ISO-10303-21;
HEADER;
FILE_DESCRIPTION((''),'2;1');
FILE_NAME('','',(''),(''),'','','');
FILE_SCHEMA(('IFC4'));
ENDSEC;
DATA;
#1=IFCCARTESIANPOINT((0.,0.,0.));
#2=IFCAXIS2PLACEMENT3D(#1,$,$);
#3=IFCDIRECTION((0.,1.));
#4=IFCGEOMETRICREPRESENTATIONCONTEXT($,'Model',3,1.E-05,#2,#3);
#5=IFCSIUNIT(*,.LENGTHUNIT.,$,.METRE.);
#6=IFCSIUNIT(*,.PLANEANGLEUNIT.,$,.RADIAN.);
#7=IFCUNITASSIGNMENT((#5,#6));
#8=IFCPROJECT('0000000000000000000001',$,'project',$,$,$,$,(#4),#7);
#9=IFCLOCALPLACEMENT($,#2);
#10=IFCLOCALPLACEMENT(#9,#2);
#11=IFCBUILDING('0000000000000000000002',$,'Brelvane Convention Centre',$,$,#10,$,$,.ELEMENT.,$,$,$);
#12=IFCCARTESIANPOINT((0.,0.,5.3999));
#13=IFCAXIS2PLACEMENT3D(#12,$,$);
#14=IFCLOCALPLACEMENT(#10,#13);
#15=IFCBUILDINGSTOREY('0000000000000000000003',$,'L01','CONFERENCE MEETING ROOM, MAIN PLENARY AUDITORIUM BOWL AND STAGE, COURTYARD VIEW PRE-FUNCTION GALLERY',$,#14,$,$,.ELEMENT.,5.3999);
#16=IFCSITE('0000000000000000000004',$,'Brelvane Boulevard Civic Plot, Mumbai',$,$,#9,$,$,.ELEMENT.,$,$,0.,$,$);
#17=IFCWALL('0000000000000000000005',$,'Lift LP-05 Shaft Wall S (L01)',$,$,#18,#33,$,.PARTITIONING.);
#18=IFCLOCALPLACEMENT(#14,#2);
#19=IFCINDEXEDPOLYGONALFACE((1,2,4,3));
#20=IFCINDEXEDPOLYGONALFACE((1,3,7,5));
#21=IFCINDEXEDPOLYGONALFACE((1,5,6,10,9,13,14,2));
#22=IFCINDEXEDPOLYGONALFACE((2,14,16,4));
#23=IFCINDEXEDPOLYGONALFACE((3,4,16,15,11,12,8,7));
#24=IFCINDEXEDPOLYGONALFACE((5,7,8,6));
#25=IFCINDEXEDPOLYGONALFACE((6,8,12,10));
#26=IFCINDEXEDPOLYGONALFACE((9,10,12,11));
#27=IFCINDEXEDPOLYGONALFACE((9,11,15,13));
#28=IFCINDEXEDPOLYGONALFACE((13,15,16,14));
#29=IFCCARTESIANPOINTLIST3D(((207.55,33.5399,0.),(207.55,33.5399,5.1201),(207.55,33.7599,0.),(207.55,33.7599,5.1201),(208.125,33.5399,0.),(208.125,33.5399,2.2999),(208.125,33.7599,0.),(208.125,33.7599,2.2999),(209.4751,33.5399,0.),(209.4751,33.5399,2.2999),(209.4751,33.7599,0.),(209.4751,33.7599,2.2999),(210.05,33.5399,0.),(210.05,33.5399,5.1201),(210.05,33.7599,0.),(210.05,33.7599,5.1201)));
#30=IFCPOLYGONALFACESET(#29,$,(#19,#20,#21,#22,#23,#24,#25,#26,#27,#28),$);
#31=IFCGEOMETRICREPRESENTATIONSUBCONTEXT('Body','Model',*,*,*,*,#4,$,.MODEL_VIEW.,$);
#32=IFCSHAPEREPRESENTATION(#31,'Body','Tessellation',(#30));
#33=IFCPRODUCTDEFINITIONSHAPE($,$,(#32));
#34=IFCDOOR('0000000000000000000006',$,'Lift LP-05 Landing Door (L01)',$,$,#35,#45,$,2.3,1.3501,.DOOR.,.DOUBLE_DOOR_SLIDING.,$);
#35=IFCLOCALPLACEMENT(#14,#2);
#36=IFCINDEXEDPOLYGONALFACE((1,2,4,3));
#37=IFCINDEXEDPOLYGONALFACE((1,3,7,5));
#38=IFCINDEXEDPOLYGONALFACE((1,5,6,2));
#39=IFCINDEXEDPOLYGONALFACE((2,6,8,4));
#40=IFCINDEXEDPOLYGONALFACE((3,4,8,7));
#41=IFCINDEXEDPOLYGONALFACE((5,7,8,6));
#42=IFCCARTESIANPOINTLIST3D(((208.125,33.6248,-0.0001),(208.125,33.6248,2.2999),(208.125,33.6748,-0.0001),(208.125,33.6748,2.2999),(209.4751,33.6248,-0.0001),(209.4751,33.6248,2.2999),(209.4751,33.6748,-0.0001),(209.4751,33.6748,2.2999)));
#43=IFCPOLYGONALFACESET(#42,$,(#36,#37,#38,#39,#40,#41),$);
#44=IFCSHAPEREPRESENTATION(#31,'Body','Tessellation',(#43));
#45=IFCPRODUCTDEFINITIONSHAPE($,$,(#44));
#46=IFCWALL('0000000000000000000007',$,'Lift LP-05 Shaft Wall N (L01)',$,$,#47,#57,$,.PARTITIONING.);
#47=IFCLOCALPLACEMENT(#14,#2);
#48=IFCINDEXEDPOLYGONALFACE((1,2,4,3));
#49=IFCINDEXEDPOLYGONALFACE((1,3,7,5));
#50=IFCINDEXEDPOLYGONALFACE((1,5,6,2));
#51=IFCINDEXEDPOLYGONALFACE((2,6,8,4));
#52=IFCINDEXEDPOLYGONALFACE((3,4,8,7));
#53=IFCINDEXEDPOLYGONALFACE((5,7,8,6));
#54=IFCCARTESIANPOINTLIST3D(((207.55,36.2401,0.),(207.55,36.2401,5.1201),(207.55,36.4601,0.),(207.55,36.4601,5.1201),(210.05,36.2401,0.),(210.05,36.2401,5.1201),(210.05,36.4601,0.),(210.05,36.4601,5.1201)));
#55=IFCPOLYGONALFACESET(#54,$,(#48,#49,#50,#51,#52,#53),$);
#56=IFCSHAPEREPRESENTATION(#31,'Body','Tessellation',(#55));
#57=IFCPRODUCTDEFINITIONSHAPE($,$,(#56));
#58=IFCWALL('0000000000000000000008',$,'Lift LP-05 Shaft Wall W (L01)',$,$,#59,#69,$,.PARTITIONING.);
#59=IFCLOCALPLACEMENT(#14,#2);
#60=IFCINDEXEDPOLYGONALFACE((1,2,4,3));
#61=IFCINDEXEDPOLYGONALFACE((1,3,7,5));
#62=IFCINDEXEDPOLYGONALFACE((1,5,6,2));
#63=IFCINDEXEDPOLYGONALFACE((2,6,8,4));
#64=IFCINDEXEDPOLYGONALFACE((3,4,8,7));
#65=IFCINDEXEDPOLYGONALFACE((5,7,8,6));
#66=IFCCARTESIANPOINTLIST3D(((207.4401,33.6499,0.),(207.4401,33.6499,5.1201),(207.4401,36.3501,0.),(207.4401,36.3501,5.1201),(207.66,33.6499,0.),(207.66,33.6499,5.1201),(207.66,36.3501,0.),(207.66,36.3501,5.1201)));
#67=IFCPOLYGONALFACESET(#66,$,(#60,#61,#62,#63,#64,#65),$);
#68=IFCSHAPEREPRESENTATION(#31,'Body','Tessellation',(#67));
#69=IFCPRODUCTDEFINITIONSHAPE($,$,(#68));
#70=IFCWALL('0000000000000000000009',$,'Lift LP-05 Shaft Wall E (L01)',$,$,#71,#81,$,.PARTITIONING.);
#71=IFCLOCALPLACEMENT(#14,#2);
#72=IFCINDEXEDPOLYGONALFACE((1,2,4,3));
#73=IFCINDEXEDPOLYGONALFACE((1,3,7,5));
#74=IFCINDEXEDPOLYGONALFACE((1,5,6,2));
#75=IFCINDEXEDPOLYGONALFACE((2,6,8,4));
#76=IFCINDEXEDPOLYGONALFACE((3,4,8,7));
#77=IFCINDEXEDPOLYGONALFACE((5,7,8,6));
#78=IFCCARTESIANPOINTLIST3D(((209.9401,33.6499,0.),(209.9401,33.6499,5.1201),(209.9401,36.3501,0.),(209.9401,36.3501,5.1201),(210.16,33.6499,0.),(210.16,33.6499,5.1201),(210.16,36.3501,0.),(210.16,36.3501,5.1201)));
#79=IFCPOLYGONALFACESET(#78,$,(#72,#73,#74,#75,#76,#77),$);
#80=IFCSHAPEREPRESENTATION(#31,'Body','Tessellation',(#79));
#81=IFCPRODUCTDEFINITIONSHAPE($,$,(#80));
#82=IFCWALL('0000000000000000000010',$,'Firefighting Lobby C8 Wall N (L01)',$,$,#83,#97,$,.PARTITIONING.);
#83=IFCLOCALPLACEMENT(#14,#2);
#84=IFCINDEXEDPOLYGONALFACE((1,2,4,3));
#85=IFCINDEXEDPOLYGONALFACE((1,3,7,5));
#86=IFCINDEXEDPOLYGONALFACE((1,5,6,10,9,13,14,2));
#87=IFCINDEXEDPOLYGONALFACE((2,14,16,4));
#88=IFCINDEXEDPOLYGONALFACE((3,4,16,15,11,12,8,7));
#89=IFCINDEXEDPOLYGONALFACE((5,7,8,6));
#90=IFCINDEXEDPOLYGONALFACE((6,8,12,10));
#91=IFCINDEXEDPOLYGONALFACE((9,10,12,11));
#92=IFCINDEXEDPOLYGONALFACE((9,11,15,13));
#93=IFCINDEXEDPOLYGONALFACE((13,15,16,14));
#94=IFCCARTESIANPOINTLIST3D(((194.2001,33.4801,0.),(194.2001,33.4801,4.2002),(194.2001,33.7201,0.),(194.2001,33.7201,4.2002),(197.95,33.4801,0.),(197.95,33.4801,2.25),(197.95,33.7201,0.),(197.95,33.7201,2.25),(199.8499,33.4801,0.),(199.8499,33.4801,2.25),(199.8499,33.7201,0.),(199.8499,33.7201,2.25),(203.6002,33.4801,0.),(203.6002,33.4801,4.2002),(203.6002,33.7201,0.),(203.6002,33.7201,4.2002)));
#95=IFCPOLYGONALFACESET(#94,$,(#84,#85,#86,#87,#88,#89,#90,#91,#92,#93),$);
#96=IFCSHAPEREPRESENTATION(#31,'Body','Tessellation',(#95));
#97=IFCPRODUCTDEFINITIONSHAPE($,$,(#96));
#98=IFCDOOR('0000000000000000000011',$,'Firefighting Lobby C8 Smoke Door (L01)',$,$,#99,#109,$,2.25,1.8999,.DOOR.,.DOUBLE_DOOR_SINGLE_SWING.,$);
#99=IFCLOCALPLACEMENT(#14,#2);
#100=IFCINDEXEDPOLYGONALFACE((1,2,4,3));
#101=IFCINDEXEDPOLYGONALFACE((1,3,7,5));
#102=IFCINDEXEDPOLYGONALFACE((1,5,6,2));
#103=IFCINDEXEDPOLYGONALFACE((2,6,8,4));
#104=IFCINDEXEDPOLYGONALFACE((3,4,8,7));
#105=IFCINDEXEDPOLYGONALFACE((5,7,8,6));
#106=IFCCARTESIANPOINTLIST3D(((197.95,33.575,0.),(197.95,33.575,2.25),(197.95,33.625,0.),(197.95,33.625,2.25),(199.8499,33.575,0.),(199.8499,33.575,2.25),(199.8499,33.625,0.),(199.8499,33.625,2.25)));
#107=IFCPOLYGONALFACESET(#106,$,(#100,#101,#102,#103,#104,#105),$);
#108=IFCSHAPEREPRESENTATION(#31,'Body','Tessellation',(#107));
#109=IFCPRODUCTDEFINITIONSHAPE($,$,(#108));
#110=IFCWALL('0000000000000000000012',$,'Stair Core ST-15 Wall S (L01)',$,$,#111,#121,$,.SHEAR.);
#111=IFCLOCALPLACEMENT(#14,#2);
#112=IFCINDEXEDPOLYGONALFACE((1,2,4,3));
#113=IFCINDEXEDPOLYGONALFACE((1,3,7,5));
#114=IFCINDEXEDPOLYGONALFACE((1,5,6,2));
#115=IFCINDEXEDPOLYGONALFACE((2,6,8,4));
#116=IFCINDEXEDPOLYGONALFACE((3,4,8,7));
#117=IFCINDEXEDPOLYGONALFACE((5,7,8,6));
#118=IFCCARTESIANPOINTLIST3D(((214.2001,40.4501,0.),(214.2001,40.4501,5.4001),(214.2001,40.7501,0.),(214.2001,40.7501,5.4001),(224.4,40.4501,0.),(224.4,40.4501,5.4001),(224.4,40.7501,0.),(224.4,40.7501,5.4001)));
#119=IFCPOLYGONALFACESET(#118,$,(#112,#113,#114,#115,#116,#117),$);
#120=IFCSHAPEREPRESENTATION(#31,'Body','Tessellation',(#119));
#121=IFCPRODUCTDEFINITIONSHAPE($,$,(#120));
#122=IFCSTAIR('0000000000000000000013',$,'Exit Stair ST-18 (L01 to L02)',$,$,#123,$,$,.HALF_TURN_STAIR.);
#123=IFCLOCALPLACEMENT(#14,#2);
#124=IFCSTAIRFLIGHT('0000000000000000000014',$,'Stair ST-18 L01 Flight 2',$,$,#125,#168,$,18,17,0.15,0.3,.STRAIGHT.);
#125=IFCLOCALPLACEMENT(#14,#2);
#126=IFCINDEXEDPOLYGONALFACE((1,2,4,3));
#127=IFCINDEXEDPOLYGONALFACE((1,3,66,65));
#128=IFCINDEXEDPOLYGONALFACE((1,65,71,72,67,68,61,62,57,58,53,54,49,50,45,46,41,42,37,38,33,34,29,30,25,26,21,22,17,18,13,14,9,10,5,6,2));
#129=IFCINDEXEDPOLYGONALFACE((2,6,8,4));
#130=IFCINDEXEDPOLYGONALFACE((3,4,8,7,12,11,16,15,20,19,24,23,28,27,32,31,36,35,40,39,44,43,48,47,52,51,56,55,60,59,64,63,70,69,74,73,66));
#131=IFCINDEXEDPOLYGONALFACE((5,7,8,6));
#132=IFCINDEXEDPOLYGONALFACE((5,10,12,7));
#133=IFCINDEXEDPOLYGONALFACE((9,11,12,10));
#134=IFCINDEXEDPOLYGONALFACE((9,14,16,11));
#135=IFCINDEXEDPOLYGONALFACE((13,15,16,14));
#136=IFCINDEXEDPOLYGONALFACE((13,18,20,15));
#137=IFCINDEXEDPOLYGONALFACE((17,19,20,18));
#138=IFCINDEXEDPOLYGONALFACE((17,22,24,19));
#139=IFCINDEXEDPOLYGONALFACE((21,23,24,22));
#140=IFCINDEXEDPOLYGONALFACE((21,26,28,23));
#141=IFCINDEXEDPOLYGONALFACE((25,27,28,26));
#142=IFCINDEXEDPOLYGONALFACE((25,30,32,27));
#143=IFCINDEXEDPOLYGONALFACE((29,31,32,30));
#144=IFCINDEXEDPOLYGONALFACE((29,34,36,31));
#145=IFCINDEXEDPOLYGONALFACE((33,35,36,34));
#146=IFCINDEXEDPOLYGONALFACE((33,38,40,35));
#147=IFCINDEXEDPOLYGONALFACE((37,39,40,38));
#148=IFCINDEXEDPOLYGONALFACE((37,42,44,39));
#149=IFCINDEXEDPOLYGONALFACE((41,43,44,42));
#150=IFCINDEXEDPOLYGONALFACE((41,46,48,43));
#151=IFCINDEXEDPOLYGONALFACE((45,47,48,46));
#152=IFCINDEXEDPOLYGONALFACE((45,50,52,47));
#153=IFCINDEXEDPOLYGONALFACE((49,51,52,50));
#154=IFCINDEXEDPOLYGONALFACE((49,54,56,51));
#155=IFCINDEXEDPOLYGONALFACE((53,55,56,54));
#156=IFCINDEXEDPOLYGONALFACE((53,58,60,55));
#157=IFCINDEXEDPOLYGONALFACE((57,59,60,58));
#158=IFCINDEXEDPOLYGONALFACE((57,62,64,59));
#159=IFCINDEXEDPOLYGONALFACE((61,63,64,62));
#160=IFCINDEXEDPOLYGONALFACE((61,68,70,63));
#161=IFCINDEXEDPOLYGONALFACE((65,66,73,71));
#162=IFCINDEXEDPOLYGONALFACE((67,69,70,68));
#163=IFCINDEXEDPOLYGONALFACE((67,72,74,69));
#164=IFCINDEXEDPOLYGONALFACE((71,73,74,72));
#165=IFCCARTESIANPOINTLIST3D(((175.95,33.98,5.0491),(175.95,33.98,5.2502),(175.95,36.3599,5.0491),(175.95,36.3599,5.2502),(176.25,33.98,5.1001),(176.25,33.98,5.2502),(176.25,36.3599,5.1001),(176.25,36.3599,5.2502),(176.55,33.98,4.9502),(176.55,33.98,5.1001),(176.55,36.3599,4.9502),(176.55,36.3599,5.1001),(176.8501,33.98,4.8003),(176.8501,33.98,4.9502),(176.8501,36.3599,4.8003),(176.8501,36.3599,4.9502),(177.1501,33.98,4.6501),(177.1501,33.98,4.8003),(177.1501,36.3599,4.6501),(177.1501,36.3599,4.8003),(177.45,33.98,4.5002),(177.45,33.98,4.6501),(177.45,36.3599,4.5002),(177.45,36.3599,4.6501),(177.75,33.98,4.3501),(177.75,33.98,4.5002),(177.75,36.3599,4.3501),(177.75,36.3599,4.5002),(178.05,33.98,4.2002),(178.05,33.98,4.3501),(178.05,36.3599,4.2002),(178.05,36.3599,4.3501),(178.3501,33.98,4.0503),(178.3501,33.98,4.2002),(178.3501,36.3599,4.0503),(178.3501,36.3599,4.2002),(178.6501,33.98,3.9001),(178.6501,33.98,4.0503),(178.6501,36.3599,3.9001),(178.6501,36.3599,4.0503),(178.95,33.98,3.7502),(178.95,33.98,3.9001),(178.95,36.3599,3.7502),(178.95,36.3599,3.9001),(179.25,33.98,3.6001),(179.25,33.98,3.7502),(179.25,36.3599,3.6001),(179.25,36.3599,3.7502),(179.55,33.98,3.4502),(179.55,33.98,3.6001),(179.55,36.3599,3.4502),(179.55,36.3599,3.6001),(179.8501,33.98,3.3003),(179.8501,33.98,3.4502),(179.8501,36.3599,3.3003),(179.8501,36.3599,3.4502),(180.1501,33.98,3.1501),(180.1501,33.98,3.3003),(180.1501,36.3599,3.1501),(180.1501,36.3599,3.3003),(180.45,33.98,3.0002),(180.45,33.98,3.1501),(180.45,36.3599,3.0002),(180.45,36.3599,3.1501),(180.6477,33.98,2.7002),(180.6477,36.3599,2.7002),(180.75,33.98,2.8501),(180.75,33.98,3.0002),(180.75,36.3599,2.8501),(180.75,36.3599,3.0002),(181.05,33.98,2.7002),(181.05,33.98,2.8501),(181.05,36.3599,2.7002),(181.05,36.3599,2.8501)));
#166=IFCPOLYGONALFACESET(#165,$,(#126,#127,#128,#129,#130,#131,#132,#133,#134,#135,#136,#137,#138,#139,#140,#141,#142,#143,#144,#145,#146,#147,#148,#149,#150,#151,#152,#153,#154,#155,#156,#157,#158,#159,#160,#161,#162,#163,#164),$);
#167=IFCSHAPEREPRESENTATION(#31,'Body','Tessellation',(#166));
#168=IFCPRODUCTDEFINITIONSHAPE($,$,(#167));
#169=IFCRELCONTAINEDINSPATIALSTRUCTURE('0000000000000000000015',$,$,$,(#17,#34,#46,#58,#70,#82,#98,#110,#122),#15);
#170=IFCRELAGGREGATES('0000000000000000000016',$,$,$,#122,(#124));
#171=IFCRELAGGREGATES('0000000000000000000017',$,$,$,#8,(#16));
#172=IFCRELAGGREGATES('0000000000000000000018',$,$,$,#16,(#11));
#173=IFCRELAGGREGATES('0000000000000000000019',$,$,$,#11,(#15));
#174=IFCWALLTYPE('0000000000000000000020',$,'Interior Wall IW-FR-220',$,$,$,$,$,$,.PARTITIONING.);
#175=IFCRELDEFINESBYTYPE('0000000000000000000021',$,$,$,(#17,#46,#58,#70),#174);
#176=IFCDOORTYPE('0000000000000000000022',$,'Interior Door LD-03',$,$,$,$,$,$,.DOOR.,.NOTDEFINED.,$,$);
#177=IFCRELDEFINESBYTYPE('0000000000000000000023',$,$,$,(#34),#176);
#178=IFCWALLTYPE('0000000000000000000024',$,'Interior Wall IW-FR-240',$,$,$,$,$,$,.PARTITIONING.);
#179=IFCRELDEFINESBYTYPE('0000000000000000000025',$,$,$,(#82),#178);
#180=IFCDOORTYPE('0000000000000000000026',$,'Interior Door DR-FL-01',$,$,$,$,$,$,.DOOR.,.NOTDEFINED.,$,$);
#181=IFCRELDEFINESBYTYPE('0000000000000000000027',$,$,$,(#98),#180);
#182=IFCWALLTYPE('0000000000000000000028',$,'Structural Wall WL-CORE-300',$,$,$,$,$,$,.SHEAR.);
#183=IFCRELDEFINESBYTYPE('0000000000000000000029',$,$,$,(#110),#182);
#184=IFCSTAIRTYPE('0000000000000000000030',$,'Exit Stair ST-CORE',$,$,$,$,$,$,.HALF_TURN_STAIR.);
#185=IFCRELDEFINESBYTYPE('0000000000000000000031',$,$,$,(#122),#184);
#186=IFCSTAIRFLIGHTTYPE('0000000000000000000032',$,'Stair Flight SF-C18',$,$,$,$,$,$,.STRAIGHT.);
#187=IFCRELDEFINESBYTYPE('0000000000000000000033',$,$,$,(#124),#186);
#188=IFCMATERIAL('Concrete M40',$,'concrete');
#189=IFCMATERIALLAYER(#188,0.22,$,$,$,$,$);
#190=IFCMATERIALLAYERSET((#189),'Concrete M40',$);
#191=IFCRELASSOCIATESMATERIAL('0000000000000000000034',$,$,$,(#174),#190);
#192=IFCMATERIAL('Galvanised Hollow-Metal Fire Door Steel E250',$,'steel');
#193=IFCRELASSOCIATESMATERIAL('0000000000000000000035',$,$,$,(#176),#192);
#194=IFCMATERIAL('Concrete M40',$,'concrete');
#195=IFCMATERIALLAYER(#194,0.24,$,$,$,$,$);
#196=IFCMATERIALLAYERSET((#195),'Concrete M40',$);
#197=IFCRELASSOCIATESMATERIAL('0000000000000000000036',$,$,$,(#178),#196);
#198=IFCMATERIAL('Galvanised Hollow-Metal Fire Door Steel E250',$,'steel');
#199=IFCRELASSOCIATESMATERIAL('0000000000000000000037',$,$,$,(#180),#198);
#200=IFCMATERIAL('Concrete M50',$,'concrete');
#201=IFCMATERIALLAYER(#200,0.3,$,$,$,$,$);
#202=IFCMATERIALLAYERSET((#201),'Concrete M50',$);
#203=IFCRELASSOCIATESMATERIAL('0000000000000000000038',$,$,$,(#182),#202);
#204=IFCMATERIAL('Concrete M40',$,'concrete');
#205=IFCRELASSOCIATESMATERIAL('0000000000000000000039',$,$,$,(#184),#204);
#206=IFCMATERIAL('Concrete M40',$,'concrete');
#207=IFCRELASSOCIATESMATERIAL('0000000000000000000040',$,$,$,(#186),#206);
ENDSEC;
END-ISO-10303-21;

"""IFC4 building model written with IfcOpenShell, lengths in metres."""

from ifc_helpers import new_model, si_unit, direction, frame, frame_2d, origin, place, context, subcontext, project, spatial, polyline, rectangle, outline, extrude, material, layer, layer_set, type_object, element, fill, aggregate, save


model = new_model("IFC4")

# Units and contexts
model_context = context("Model", 3, precision=1e-05, world=origin(), true_north=direction((0.0, 1.0)))
body_context = subcontext(model_context, "Body", "Model", "MODEL_VIEW")
ifc_project = project(units=[si_unit("LENGTHUNIT", "METRE"), si_unit("PLANEANGLEUNIT", "RADIAN")], contexts=[model_context])

# Site, building, storey
site_placement = place(None, origin())
site = spatial("IfcSite", under=ifc_project, at=site_placement, Name="Brelvane Boulevard Civic Plot, Mumbai", CompositionType="ELEMENT", RefElevation=0.0)
building_placement = place(site_placement, origin())
building = spatial("IfcBuilding", under=site, at=building_placement, Name="Brelvane Convention Centre", CompositionType="ELEMENT")
storey_placement = place(building_placement, frame((0.0, 0.0, 5.3999)))
storey = spatial("IfcBuildingStorey", under=building, at=storey_placement, Name="L01", Description="CONFERENCE MEETING ROOM, MAIN PLENARY AUDITORIUM BOWL AND STAGE, COURTYARD VIEW PRE-FUNCTION GALLERY", CompositionType="ELEMENT", Elevation=5.3999)

# Wall, opening, door
ifc_material_1 = material(Name="Concrete M40", Category="concrete")
ifc_layer_1 = layer(ifc_material_1, 0.22)
ifc_layer_set_1 = layer_set([ifc_layer_1], Name="Concrete M40")
wall_type_1 = type_object("IfcWallType", Name="Interior Wall IW-FR-220", PredefinedType="PARTITIONING", material=ifc_layer_set_1)
wall_1_placement = place(storey_placement, frame((207.55, 33.6499, 0.0), z_axis=(0.0, 0.0, 1.0), x_axis=(1.0, 0.0, 0.0)))
wall_1 = element("IfcWall", 1, at=wall_1_placement, inside=storey, type_object=wall_type_1, Name="Lift LP-05 Shaft Wall S (L01)", PredefinedType="PARTITIONING", context=body_context, shape_type="SweptSolid", body=[
    extrude(rectangle(XDim=2.5, YDim=0.22, at=frame_2d((1.25, 0.0))), origin(), (0.0, 0.0, 1.0), 5.1201),
])
opening_1_placement = place(wall_1_placement, frame((0.575, 0.0, 0.0)))
opening_1 = element("IfcOpeningElement", 2, at=opening_1_placement, cuts=wall_1, PredefinedType="OPENING", context=body_context, shape_type="SweptSolid", body=[
    extrude(rectangle(XDim=1.3501, YDim=2.3, at=frame_2d((0.675, 1.1499))), frame((0.0, 0.1199, 0.0), z_axis=(0.0, -1.0, 0.0), x_axis=(1.0, 0.0, 0.0)), (0.0, 0.0, 1.0), 0.24),
])
ifc_material_2 = material(Name="Galvanised Hollow-Metal Fire Door Steel E250", Category="steel")
door_type_1 = type_object("IfcDoorType", Name="Interior Door LD-03", OperationType="NOTDEFINED", PredefinedType="DOOR", material=ifc_material_2)
door_1_placement = place(opening_1_placement, origin())
door_1 = element("IfcDoor", 3, at=door_1_placement, inside=storey, type_object=door_type_1, Name="Lift LP-05 Landing Door (L01)", OperationType="DOUBLE_DOOR_SLIDING", OverallHeight=2.3, OverallWidth=1.3501, PredefinedType="DOOR", context=body_context, shape_type="SweptSolid", body=[
    extrude(rectangle(XDim=1.3501, YDim=2.3, at=frame_2d((0.675, 1.1499))), frame((0.0, 0.0249, 0.0), z_axis=(0.0, -1.0, 0.0), x_axis=(1.0, 0.0, 0.0)), (0.0, 0.0, 1.0), 0.05),
])
fill(opening_1, door_1)

# Walls
wall_2_placement = place(storey_placement, frame((207.55, 36.3501, 0.0), z_axis=(0.0, 0.0, 1.0), x_axis=(1.0, 0.0, 0.0)))
element("IfcWall", 4, at=wall_2_placement, inside=storey, type_object=wall_type_1, Name="Lift LP-05 Shaft Wall N (L01)", PredefinedType="PARTITIONING", context=body_context, shape_type="SweptSolid", body=[
    extrude(rectangle(XDim=2.5, YDim=0.22, at=frame_2d((1.25, 0.0))), origin(), (0.0, 0.0, 1.0), 5.1201),
])
for number, where, z_axis, x_axis, name in (
    (5, (207.55, 33.6499, 0.0), (0.0, 0.0, 1.0), (0.0, 1.0, 0.0), "Lift LP-05 Shaft Wall W (L01)"),
    (6, (210.05, 33.6499, 0.0), (0.0, 0.0, 1.0), (0.0, 1.0, 0.0), "Lift LP-05 Shaft Wall E (L01)"),
):
    element("IfcWall", number, at=place(storey_placement, frame(where, z_axis=z_axis, x_axis=x_axis)), inside=storey, type_object=wall_type_1, Name=name, PredefinedType="PARTITIONING", context=body_context, shape_type="SweptSolid", body=[
        extrude(rectangle(XDim=2.7002, YDim=0.22, at=frame_2d((1.3501, 0.0))), origin(), (0.0, 0.0, 1.0), 5.1201),
    ])

# Wall, opening, door
ifc_material_3 = material(Name="Concrete M40", Category="concrete")
ifc_layer_2 = layer(ifc_material_3, 0.24)
ifc_layer_set_2 = layer_set([ifc_layer_2], Name="Concrete M40")
wall_type_2 = type_object("IfcWallType", Name="Interior Wall IW-FR-240", PredefinedType="PARTITIONING", material=ifc_layer_set_2)
wall_3_placement = place(storey_placement, frame((194.2, 33.6001, 0.0), z_axis=(0.0, 0.0, 1.0), x_axis=(1.0, 0.0, 0.0)))
wall_3 = element("IfcWall", 7, at=wall_3_placement, inside=storey, type_object=wall_type_2, Name="Firefighting Lobby C8 Wall N (L01)", PredefinedType="PARTITIONING", context=body_context, shape_type="SweptSolid", body=[
    extrude(rectangle(XDim=9.4001, YDim=0.24, at=frame_2d((4.7002, 0.0))), origin(), (0.0, 0.0, 1.0), 4.2002),
])
opening_2_placement = place(wall_3_placement, frame((3.75, 0.0, 0.0)))
opening_2 = element("IfcOpeningElement", 8, at=opening_2_placement, cuts=wall_3, PredefinedType="OPENING", context=body_context, shape_type="SweptSolid", body=[
    extrude(rectangle(XDim=1.8999, YDim=2.25, at=frame_2d((0.95, 1.125))), frame((0.0, 0.1299, 0.0), z_axis=(0.0, -1.0, 0.0), x_axis=(1.0, 0.0, 0.0)), (0.0, 0.0, 1.0), 0.26),
])
ifc_material_4 = material(Name="Galvanised Hollow-Metal Fire Door Steel E250", Category="steel")
door_type_2 = type_object("IfcDoorType", Name="Interior Door DR-FL-01", OperationType="NOTDEFINED", PredefinedType="DOOR", material=ifc_material_4)
door_2_placement = place(opening_2_placement, origin())
door_2 = element("IfcDoor", 9, at=door_2_placement, inside=storey, type_object=door_type_2, Name="Firefighting Lobby C8 Smoke Door (L01)", OperationType="DOUBLE_DOOR_SINGLE_SWING", OverallHeight=2.25, OverallWidth=1.8999, PredefinedType="DOOR", context=body_context, shape_type="SweptSolid", body=[
    extrude(rectangle(XDim=1.8999, YDim=2.25, at=frame_2d((0.95, 1.125))), frame((0.0, 0.0249, 0.0), z_axis=(0.0, -1.0, 0.0), x_axis=(1.0, 0.0, 0.0)), (0.0, 0.0, 1.0), 0.05),
])
fill(opening_2, door_2)

# Wall
ifc_material_5 = material(Name="Concrete M50", Category="concrete")
ifc_layer_3 = layer(ifc_material_5, 0.3)
ifc_layer_set_3 = layer_set([ifc_layer_3], Name="Concrete M50")
wall_type_3 = type_object("IfcWallType", Name="Structural Wall WL-CORE-300", PredefinedType="SHEAR", material=ifc_layer_set_3)
wall_4_placement = place(storey_placement, frame((214.2, 40.6001, 0.0), z_axis=(0.0, 0.0, 1.0), x_axis=(1.0, 0.0, 0.0)))
element("IfcWall", 10, at=wall_4_placement, inside=storey, type_object=wall_type_3, Name="Stair Core ST-15 Wall S (L01)", PredefinedType="SHEAR", context=body_context, shape_type="SweptSolid", body=[
    extrude(rectangle(XDim=10.2, YDim=0.3, at=frame_2d((5.1001, 0.0))), origin(), (0.0, 0.0, 1.0), 5.4001),
])

# Stair, stair flight
ifc_material_6 = material(Name="Concrete M40", Category="concrete")
stair_type = type_object("IfcStairType", Name="Exit Stair ST-CORE", PredefinedType="HALF_TURN_STAIR", material=ifc_material_6)
stair_placement = place(storey_placement, origin())
stair = element("IfcStair", 11, at=stair_placement, inside=storey, type_object=stair_type, Name="Exit Stair ST-18 (L01 to L02)", PredefinedType="HALF_TURN_STAIR")
ifc_material_7 = material(Name="Concrete M40", Category="concrete")
stair_flight_type = type_object("IfcStairFlightType", Name="Stair Flight SF-C18", PredefinedType="STRAIGHT", material=ifc_material_7)
stair_flight_placement = place(storey_placement, frame((181.05, 35.1699, 2.7002), z_axis=(0.0, 0.0, 1.0), x_axis=(-1.0, 0.0, 0.0)))
stair_flight = element("IfcStairFlight", 12, at=stair_flight_placement, type_object=stair_flight_type, Name="Stair ST-18 L01 Flight 2", NumberOfRisers=18, NumberOfTreads=17, PredefinedType="STRAIGHT", RiserHeight=0.15, TreadLength=0.3, context=body_context, shape_type="SweptSolid", body=[
    extrude(outline(polyline([(0.0, 0.0), (0.0, 0.1499), (0.3, 0.1499), (0.3, 0.3), (0.6001, 0.3), (0.6001, 0.45), (0.8999, 0.45), (0.8999, 0.6001), (1.2, 0.6001), (1.2, 0.75), (1.5, 0.75), (1.5, 0.8999), (1.8, 0.8999), (1.8, 1.05), (2.1001, 1.05), (2.1001, 1.2), (2.3999, 1.2), (2.3999, 1.3501), (2.7, 1.3501), (2.7, 1.5), (3.0, 1.5), (3.0, 1.6499), (3.3, 1.6499), (3.3, 1.8), (3.6001, 1.8), (3.6001, 1.95), (3.8999, 1.95), (3.8999, 2.1001), (4.2, 2.1001), (4.2, 2.25), (4.5, 2.25), (4.5, 2.3999), (4.8, 2.3999), (4.8, 2.55), (5.1001, 2.55), (5.1001, 2.7), (5.1001, 2.3489), (0.4023, 0.0), (0.0, 0.0)])), frame((0.0, 1.1899, 0.0), z_axis=(0.0, -1.0, 0.0), x_axis=(1.0, 0.0, 0.0)), (0.0, 0.0, 1.0), 2.3799),
])
aggregate(stair, [stair_flight])

save(model, "model.ifc")
